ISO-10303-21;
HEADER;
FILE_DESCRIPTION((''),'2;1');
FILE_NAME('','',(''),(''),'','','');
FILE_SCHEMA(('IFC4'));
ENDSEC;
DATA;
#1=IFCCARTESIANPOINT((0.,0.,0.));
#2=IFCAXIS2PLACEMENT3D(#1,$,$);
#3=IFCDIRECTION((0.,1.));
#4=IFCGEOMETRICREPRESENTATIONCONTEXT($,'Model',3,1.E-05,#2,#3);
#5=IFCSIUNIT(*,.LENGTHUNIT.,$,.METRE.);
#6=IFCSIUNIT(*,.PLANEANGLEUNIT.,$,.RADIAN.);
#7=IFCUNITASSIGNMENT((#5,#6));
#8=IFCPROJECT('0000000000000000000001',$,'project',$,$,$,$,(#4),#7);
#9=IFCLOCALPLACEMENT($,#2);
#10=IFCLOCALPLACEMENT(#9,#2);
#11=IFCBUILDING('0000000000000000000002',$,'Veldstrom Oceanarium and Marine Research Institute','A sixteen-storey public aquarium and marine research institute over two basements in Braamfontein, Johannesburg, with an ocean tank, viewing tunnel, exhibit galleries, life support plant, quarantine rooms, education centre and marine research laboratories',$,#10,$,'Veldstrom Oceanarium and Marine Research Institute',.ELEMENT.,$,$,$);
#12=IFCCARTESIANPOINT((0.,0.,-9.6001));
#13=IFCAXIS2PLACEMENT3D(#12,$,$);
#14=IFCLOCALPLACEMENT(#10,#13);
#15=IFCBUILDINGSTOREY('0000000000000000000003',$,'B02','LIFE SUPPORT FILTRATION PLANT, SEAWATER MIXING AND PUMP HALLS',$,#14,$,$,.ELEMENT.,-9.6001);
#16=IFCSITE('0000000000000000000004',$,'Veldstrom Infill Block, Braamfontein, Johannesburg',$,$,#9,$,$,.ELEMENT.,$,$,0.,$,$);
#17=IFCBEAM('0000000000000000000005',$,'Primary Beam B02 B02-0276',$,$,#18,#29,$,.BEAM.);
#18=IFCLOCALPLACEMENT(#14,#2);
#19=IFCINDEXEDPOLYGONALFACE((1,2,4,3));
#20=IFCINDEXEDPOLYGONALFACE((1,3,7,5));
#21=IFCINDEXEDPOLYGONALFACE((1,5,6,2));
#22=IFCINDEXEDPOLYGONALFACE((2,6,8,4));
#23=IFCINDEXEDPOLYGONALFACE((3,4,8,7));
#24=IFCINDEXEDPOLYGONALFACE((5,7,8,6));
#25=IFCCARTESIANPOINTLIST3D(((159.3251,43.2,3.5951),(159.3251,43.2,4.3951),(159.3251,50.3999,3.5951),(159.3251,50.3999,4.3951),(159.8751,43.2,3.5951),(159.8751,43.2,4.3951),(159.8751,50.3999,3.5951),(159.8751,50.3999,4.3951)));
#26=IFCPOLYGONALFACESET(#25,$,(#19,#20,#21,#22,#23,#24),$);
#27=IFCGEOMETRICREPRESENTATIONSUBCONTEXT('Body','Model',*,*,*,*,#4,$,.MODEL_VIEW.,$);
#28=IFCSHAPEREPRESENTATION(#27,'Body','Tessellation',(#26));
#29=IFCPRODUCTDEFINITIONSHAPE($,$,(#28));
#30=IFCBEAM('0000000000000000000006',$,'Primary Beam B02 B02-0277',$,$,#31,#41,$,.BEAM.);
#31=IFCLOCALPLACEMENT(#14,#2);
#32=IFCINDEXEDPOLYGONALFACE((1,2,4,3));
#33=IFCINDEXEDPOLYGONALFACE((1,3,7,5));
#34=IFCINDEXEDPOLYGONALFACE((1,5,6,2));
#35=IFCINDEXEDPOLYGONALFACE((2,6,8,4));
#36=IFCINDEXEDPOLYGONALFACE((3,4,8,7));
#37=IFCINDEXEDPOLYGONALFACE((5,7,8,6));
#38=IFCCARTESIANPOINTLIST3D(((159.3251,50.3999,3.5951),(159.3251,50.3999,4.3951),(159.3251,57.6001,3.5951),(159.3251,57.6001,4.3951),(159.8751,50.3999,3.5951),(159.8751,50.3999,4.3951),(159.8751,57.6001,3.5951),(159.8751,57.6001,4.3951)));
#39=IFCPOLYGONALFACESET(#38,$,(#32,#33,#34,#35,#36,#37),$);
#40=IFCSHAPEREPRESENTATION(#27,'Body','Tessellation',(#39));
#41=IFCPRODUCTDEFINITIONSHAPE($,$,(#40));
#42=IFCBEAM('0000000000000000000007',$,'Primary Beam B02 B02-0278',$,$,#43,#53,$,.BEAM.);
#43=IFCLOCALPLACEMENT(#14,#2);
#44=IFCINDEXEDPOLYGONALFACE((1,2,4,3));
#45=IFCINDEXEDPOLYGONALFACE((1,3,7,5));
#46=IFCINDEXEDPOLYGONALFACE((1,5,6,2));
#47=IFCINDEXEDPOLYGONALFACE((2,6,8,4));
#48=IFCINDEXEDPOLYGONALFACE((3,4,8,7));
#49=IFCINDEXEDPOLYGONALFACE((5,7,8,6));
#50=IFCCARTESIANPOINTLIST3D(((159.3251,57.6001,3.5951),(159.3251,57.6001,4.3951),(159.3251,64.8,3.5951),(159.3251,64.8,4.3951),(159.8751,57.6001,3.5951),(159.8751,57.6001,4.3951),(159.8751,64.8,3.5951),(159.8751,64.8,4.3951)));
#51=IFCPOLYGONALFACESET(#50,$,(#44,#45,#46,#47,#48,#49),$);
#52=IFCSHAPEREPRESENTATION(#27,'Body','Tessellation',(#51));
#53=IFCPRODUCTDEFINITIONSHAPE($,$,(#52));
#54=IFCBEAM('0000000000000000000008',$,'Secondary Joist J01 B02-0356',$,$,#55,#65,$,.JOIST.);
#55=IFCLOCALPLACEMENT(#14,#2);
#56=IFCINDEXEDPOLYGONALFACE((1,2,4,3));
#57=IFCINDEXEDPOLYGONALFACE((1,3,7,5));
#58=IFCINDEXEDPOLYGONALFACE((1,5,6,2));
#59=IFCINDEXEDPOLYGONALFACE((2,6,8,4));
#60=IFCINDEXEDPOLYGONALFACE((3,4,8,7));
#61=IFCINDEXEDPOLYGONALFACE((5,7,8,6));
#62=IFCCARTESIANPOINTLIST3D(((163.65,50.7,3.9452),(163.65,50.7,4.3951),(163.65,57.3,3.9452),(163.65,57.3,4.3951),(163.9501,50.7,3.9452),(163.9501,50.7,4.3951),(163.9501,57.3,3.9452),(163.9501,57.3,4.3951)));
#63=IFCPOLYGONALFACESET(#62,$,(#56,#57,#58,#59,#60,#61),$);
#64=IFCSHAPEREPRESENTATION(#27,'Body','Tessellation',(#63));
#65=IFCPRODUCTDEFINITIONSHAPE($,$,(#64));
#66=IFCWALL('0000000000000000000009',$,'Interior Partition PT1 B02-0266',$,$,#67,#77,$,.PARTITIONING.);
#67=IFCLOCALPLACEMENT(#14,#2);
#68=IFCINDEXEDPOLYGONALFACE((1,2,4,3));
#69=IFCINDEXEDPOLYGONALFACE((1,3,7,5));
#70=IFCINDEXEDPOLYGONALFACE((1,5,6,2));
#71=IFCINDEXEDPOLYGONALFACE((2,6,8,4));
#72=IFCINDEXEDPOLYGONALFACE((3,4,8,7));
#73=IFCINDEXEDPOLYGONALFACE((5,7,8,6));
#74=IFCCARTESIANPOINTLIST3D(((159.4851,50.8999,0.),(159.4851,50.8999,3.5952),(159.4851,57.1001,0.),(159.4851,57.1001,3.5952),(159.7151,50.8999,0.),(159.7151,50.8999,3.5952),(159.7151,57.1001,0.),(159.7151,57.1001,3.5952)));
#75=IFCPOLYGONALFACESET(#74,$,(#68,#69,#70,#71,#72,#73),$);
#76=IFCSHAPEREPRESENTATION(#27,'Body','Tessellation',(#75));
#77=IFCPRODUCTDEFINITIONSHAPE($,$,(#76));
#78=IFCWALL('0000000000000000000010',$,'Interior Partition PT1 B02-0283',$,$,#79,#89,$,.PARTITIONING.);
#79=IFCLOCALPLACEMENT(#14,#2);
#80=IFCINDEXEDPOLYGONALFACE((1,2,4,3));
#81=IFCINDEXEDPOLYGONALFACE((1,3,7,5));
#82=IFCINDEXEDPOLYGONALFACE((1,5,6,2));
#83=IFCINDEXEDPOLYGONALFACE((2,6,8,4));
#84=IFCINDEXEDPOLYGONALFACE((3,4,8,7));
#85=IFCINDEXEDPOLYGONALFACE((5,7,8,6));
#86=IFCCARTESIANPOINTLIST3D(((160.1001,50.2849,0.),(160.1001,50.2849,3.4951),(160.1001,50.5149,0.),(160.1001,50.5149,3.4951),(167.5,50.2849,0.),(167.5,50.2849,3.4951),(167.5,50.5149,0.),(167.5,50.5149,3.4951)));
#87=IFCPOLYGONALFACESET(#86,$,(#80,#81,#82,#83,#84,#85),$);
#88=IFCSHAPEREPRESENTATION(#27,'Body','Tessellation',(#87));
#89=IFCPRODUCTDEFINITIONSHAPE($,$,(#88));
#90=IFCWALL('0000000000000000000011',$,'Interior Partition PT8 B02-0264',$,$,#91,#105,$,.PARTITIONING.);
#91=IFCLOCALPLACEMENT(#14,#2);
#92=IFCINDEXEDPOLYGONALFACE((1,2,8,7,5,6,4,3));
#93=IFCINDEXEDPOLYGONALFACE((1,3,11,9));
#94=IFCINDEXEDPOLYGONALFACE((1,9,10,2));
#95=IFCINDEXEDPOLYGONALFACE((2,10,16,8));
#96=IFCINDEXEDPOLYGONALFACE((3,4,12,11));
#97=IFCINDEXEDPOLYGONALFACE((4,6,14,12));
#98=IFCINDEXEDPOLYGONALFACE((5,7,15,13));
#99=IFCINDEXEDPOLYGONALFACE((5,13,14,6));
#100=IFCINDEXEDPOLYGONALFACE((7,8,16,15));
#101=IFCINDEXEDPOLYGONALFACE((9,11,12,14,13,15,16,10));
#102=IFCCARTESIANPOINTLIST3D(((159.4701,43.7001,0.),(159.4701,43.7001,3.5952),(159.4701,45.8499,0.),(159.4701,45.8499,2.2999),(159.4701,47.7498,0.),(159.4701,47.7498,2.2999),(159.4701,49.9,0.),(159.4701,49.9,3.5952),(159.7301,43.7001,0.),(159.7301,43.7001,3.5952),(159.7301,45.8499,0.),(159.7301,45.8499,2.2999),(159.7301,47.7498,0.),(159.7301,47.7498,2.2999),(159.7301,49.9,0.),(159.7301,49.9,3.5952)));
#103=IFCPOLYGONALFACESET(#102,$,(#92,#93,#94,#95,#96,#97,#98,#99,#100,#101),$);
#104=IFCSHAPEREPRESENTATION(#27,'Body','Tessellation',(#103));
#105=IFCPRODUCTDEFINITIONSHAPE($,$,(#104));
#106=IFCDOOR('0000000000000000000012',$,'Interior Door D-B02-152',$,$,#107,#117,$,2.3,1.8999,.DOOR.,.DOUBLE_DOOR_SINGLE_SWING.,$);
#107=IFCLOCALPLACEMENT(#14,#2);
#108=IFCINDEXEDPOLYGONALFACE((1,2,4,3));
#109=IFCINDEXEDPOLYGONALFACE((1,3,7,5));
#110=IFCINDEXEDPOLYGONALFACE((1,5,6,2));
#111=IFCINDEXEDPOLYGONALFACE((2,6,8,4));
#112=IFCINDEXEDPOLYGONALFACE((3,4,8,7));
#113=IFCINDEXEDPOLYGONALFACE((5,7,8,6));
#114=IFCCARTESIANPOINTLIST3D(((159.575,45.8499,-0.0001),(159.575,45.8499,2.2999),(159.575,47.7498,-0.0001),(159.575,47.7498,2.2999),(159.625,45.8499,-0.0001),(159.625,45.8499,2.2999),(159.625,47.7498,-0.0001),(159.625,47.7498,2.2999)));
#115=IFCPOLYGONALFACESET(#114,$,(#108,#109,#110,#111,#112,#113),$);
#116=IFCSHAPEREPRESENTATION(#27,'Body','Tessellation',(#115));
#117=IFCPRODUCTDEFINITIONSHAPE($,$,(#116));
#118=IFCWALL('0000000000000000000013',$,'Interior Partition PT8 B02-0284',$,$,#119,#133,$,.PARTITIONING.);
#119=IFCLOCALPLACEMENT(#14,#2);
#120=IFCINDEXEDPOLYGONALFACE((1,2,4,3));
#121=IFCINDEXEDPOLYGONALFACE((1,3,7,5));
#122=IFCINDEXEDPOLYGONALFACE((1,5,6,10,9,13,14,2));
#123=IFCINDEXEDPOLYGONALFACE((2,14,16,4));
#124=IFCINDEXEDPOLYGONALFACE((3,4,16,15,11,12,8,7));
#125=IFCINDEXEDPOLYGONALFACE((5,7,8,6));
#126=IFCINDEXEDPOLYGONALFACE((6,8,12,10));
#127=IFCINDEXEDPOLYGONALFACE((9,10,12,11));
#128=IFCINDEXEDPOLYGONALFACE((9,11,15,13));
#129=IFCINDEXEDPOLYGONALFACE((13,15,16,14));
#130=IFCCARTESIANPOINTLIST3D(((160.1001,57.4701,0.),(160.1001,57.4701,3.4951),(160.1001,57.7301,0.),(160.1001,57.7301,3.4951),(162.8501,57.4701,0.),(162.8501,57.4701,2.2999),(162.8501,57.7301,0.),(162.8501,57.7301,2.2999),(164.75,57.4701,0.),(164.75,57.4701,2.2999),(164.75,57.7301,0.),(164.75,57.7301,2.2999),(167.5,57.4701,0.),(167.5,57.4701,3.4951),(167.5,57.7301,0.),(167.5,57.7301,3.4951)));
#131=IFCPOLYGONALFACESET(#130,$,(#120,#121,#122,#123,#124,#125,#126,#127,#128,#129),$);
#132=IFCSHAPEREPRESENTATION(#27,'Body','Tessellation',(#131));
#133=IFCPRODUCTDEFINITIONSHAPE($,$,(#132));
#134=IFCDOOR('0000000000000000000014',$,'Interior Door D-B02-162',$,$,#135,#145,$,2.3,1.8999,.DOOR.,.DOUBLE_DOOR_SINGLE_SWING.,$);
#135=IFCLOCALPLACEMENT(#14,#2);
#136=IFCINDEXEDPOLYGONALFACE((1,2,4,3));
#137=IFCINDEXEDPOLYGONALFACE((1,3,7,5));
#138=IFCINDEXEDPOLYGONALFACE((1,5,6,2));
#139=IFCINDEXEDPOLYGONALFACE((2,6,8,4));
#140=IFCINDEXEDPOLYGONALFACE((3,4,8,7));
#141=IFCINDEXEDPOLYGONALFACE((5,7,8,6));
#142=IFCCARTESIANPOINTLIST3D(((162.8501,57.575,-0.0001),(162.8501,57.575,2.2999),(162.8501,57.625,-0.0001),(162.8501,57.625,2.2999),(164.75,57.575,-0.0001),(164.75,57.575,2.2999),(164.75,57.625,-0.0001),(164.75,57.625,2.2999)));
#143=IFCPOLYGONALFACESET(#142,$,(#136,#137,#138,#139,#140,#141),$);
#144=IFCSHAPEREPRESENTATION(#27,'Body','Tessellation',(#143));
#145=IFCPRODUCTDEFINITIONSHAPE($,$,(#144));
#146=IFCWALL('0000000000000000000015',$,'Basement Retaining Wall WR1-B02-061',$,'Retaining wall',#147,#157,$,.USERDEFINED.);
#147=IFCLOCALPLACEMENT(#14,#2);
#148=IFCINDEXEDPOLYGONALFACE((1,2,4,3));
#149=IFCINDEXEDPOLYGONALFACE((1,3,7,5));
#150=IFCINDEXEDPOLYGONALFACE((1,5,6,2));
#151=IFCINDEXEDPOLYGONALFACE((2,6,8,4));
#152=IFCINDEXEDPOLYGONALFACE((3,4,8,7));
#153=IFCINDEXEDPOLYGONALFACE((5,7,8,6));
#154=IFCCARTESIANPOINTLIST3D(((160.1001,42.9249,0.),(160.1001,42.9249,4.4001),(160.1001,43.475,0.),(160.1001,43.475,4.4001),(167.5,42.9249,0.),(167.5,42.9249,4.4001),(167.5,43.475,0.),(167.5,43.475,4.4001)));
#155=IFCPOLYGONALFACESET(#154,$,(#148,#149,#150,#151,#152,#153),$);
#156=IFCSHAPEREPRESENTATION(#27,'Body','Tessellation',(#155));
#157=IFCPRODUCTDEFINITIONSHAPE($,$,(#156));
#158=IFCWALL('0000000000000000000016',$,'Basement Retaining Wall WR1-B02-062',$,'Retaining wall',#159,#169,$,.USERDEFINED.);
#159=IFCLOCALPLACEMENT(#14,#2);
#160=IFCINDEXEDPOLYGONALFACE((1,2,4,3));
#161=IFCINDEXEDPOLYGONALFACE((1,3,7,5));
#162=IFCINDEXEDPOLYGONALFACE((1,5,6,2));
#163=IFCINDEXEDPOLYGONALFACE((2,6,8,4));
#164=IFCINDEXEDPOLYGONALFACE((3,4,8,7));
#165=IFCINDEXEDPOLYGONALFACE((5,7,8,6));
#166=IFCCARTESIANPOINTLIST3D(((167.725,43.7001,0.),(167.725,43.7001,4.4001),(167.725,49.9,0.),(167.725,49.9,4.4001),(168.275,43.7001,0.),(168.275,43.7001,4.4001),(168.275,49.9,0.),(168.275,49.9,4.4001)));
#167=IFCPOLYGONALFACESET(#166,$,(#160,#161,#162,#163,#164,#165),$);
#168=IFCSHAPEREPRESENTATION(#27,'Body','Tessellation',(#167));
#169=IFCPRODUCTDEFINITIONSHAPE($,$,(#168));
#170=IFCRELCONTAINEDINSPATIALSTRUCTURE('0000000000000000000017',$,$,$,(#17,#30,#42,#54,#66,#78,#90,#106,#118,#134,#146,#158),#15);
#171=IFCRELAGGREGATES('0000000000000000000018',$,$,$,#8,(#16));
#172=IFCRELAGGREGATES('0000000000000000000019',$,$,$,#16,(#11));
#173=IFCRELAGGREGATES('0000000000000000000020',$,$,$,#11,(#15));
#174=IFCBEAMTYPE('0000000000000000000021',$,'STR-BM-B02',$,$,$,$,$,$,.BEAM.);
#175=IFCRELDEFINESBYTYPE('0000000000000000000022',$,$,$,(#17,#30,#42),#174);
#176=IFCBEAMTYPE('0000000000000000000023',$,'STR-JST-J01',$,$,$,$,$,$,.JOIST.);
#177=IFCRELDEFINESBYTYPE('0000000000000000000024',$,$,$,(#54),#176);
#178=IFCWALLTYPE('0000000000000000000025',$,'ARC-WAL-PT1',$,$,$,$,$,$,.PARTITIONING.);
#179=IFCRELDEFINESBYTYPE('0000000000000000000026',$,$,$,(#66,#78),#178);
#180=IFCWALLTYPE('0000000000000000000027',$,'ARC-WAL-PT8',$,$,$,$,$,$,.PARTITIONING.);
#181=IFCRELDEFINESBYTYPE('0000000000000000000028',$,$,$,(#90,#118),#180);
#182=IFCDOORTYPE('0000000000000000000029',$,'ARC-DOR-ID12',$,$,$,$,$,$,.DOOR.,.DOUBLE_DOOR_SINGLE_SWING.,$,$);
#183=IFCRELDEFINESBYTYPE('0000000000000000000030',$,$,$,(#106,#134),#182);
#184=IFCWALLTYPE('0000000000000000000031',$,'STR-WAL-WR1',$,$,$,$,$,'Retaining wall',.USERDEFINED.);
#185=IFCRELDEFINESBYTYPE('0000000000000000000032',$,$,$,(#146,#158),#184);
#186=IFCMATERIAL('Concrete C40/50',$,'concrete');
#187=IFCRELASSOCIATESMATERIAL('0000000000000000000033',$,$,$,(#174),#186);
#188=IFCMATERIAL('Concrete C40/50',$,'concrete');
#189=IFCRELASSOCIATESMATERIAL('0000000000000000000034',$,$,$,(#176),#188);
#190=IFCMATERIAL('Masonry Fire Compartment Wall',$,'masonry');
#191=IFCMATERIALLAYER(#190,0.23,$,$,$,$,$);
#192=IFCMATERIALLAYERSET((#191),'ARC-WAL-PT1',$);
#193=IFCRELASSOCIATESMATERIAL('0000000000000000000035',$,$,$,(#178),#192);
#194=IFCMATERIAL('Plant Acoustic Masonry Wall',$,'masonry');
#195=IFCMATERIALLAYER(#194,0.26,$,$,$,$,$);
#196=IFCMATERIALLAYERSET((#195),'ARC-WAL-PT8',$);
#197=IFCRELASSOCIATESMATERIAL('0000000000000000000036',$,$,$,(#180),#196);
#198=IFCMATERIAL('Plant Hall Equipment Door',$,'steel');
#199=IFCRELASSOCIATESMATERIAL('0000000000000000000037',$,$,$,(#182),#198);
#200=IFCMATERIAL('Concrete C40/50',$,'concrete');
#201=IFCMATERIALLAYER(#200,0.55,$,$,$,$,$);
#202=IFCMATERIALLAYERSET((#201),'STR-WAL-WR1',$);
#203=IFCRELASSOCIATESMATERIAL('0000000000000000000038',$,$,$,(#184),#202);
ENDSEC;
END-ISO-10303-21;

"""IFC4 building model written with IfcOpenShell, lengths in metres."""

from ifc_helpers import new_model, si_unit, direction, frame, frame_2d, origin, origin_2d, place, context, subcontext, project, spatial, rectangle, extrude, material, layer, layer_set, material_profile, profile_set, type_object, element, fill, save


model = new_model("IFC4")

# Units and contexts
model_context = context("Model", 3, precision=1e-05, world=origin(), true_north=direction((0.0, 1.0)))
body_context = subcontext(model_context, "Body", "Model", "MODEL_VIEW")
ifc_project = project(units=[si_unit("LENGTHUNIT", "METRE"), si_unit("PLANEANGLEUNIT", "RADIAN")], contexts=[model_context])

# Site, building, storey
site_placement = place(None, origin())
site = spatial("IfcSite", under=ifc_project, at=site_placement, Name="Veldstrom Infill Block, Braamfontein, Johannesburg", CompositionType="ELEMENT", RefElevation=0.0)
building_placement = place(site_placement, origin())
building = spatial("IfcBuilding", under=site, at=building_placement, Name="Veldstrom Oceanarium and Marine Research Institute", Description="A sixteen-storey public aquarium and marine research institute over two basements in Braamfontein, Johannesburg, with an ocean tank, viewing tunnel, exhibit galleries, life support plant, quarantine rooms, education centre and marine research laboratories", LongName="Veldstrom Oceanarium and Marine Research Institute", CompositionType="ELEMENT")
storey_placement = place(building_placement, frame((0.0, 0.0, -9.6001)))
storey = spatial("IfcBuildingStorey", under=building, at=storey_placement, Name="B02", Description="LIFE SUPPORT FILTRATION PLANT, SEAWATER MIXING AND PUMP HALLS", CompositionType="ELEMENT", Elevation=-9.6001)

# Beams
ifc_material_1 = material(Name="Concrete C40/50", Category="concrete")
ifc_material_profile_1 = material_profile(ifc_material_1, rectangle(XDim=0.55, YDim=0.8, at=origin_2d()), Name="RC-BM-550x800")
ifc_profile_set_1 = profile_set([ifc_material_profile_1], Name="Concrete C40/50")
beam_type_1 = type_object("IfcBeamType", Name="STR-BM-B02", PredefinedType="BEAM", material=ifc_profile_set_1)
beam_1_placement = place(storey_placement, frame((159.6001, 43.2, 3.9951), z_axis=(0.0, 1.0, 0.0), x_axis=(-1.0, 0.0, 0.0)))
element("IfcBeam", 1, at=beam_1_placement, inside=storey, type_object=beam_type_1, Name="Primary Beam B02 B02-0276", PredefinedType="BEAM", context=body_context, shape_type="SweptSolid", body=[
    extrude(rectangle(XDim=0.55, YDim=0.8, at=origin_2d()), origin(), (0.0, 0.0, 1.0), 7.2),
])
beam_2_placement = place(storey_placement, frame((159.6001, 50.3999, 3.9951), z_axis=(0.0, 1.0, 0.0), x_axis=(-1.0, 0.0, 0.0)))
element("IfcBeam", 2, at=beam_2_placement, inside=storey, type_object=beam_type_1, Name="Primary Beam B02 B02-0277", PredefinedType="BEAM", context=body_context, shape_type="SweptSolid", body=[
    extrude(rectangle(XDim=0.55, YDim=0.8, at=origin_2d()), origin(), (0.0, 0.0, 1.0), 7.2002),
])
beam_3_placement = place(storey_placement, frame((159.6001, 57.6001, 3.9951), z_axis=(0.0, 1.0, 0.0), x_axis=(-1.0, 0.0, 0.0)))
element("IfcBeam", 3, at=beam_3_placement, inside=storey, type_object=beam_type_1, Name="Primary Beam B02 B02-0278", PredefinedType="BEAM", context=body_context, shape_type="SweptSolid", body=[
    extrude(rectangle(XDim=0.55, YDim=0.8, at=origin_2d()), origin(), (0.0, 0.0, 1.0), 7.2),
])
ifc_material_2 = material(Name="Concrete C40/50", Category="concrete")
ifc_material_profile_2 = material_profile(ifc_material_2, rectangle(XDim=0.3, YDim=0.45, at=origin_2d()), Name="RC-JST-300x450")
ifc_profile_set_2 = profile_set([ifc_material_profile_2], Name="Concrete C40/50")
beam_type_2 = type_object("IfcBeamType", Name="STR-JST-J01", PredefinedType="JOIST", material=ifc_profile_set_2)
beam_4_placement = place(storey_placement, frame((163.8, 50.7, 4.1702), z_axis=(0.0, 1.0, 0.0), x_axis=(-1.0, 0.0, 0.0)))
element("IfcBeam", 4, at=beam_4_placement, inside=storey, type_object=beam_type_2, Name="Secondary Joist J01 B02-0356", PredefinedType="JOIST", context=body_context, shape_type="SweptSolid", body=[
    extrude(rectangle(XDim=0.3, YDim=0.45, at=origin_2d()), origin(), (0.0, 0.0, 1.0), 6.6001),
])

# Walls
ifc_material_3 = material(Name="Masonry Fire Compartment Wall", Category="masonry")
ifc_layer_1 = layer(ifc_material_3, 0.23)
ifc_layer_set_1 = layer_set([ifc_layer_1], Name="ARC-WAL-PT1")
wall_type_1 = type_object("IfcWallType", Name="ARC-WAL-PT1", PredefinedType="PARTITIONING", material=ifc_layer_set_1)
wall_1_placement = place(storey_placement, frame((159.6001, 50.8999, 0.0), z_axis=(0.0, 0.0, 1.0), x_axis=(0.0, 1.0, 0.0)))
element("IfcWall", 5, at=wall_1_placement, inside=storey, type_object=wall_type_1, Name="Interior Partition PT1 B02-0266", PredefinedType="PARTITIONING", context=body_context, shape_type="SweptSolid", body=[
    extrude(rectangle(XDim=6.2002, YDim=0.23, at=frame_2d((3.1001, 0.0))), origin(), (0.0, 0.0, 1.0), 3.5952),
])
wall_2_placement = place(storey_placement, frame((160.1001, 50.3999, 0.0), z_axis=(0.0, 0.0, 1.0), x_axis=(1.0, 0.0, 0.0)))
element("IfcWall", 6, at=wall_2_placement, inside=storey, type_object=wall_type_1, Name="Interior Partition PT1 B02-0283", PredefinedType="PARTITIONING", context=body_context, shape_type="SweptSolid", body=[
    extrude(rectangle(XDim=7.3999, YDim=0.23, at=frame_2d((3.7, 0.0))), origin(), (0.0, 0.0, 1.0), 3.4951),
])

# Walls, openings, doors
ifc_material_4 = material(Name="Plant Acoustic Masonry Wall", Category="masonry")
ifc_layer_2 = layer(ifc_material_4, 0.26)
ifc_layer_set_2 = layer_set([ifc_layer_2], Name="ARC-WAL-PT8")
wall_type_2 = type_object("IfcWallType", Name="ARC-WAL-PT8", PredefinedType="PARTITIONING", material=ifc_layer_set_2)
wall_3_placement = place(storey_placement, frame((159.6001, 43.7, 0.0), z_axis=(0.0, 0.0, 1.0), x_axis=(0.0, 1.0, 0.0)))
wall_3 = element("IfcWall", 7, at=wall_3_placement, inside=storey, type_object=wall_type_2, Name="Interior Partition PT8 B02-0264", PredefinedType="PARTITIONING", context=body_context, shape_type="SweptSolid", body=[
    extrude(rectangle(XDim=6.2, YDim=0.26, at=frame_2d((3.1001, 0.0))), origin(), (0.0, 0.0, 1.0), 3.5952),
])
opening_1_placement = place(wall_3_placement, frame((2.1499, 0.0, 0.0)))
opening_1 = element("IfcOpeningElement", 8, at=opening_1_placement, cuts=wall_3, PredefinedType="OPENING", context=body_context, shape_type="SweptSolid", body=[
    extrude(rectangle(XDim=1.8999, YDim=2.3, at=frame_2d((0.95, 1.1499))), frame((0.0, 0.1399, 0.0), z_axis=(0.0, -1.0, 0.0), x_axis=(1.0, 0.0, 0.0)), (0.0, 0.0, 1.0), 0.28),
])
ifc_material_5 = material(Name="Plant Hall Equipment Door", Category="steel")
door_type = type_object("IfcDoorType", Name="ARC-DOR-ID12", OperationType="DOUBLE_DOOR_SINGLE_SWING", PredefinedType="DOOR", material=ifc_material_5)
door_1_placement = place(opening_1_placement, frame((1.8999, 0.0, 0.0), z_axis=(0.0, 0.0, 1.0), x_axis=(-1.0, 0.0, 0.0)))
door_1 = element("IfcDoor", 9, at=door_1_placement, inside=storey, type_object=door_type, Name="Interior Door D-B02-152", OperationType="DOUBLE_DOOR_SINGLE_SWING", OverallHeight=2.3, OverallWidth=1.8999, PredefinedType="DOOR", context=body_context, shape_type="SweptSolid", body=[
    extrude(rectangle(XDim=1.8999, YDim=2.3, at=frame_2d((0.95, 1.1499))), frame((0.0, 0.0249, 0.0), z_axis=(0.0, -1.0, 0.0), x_axis=(1.0, 0.0, 0.0)), (0.0, 0.0, 1.0), 0.05),
])
fill(opening_1, door_1)
wall_4_placement = place(storey_placement, frame((160.1001, 57.6001, 0.0), z_axis=(0.0, 0.0, 1.0), x_axis=(1.0, 0.0, 0.0)))
wall_4 = element("IfcWall", 10, at=wall_4_placement, inside=storey, type_object=wall_type_2, Name="Interior Partition PT8 B02-0284", PredefinedType="PARTITIONING", context=body_context, shape_type="SweptSolid", body=[
    extrude(rectangle(XDim=7.3999, YDim=0.26, at=frame_2d((3.7, 0.0))), origin(), (0.0, 0.0, 1.0), 3.4951),
])
opening_2_placement = place(wall_4_placement, frame((2.75, 0.0, 0.0)))
opening_2 = element("IfcOpeningElement", 11, at=opening_2_placement, cuts=wall_4, PredefinedType="OPENING", context=body_context, shape_type="SweptSolid", body=[
    extrude(rectangle(XDim=1.8999, YDim=2.3, at=frame_2d((0.95, 1.1499))), frame((0.0, 0.1399, 0.0), z_axis=(0.0, -1.0, 0.0), x_axis=(1.0, 0.0, 0.0)), (0.0, 0.0, 1.0), 0.28),
])
door_2_placement = place(opening_2_placement, origin())
door_2 = element("IfcDoor", 12, at=door_2_placement, inside=storey, type_object=door_type, Name="Interior Door D-B02-162", OperationType="DOUBLE_DOOR_SINGLE_SWING", OverallHeight=2.3, OverallWidth=1.8999, PredefinedType="DOOR", context=body_context, shape_type="SweptSolid", body=[
    extrude(rectangle(XDim=1.8999, YDim=2.3, at=frame_2d((0.95, 1.1499))), frame((0.0, 0.0249, 0.0), z_axis=(0.0, -1.0, 0.0), x_axis=(1.0, 0.0, 0.0)), (0.0, 0.0, 1.0), 0.05),
])
fill(opening_2, door_2)

# Walls
ifc_material_6 = material(Name="Concrete C40/50", Category="concrete")
ifc_layer_3 = layer(ifc_material_6, 0.55)
ifc_layer_set_3 = layer_set([ifc_layer_3], Name="STR-WAL-WR1")
wall_type_3 = type_object("IfcWallType", Name="STR-WAL-WR1", ElementType="Retaining wall", PredefinedType="USERDEFINED", material=ifc_layer_set_3)
wall_5_placement = place(storey_placement, frame((160.1001, 43.2, 0.0), z_axis=(0.0, 0.0, 1.0), x_axis=(1.0, 0.0, 0.0)))
element("IfcWall", 13, at=wall_5_placement, inside=storey, type_object=wall_type_3, Name="Basement Retaining Wall WR1-B02-061", ObjectType="Retaining wall", PredefinedType="USERDEFINED", context=body_context, shape_type="SweptSolid", body=[
    extrude(rectangle(XDim=7.3999, YDim=0.55, at=frame_2d((3.7, 0.0))), origin(), (0.0, 0.0, 1.0), 4.4001),
])
wall_6_placement = place(storey_placement, frame((168.0, 43.7, 0.0), z_axis=(0.0, 0.0, 1.0), x_axis=(0.0, 1.0, 0.0)))
element("IfcWall", 14, at=wall_6_placement, inside=storey, type_object=wall_type_3, Name="Basement Retaining Wall WR1-B02-062", ObjectType="Retaining wall", PredefinedType="USERDEFINED", context=body_context, shape_type="SweptSolid", body=[
    extrude(rectangle(XDim=6.2, YDim=0.55, at=frame_2d((3.1001, 0.0))), origin(), (0.0, 0.0, 1.0), 4.4001),
])

save(model, "model.ifc")
